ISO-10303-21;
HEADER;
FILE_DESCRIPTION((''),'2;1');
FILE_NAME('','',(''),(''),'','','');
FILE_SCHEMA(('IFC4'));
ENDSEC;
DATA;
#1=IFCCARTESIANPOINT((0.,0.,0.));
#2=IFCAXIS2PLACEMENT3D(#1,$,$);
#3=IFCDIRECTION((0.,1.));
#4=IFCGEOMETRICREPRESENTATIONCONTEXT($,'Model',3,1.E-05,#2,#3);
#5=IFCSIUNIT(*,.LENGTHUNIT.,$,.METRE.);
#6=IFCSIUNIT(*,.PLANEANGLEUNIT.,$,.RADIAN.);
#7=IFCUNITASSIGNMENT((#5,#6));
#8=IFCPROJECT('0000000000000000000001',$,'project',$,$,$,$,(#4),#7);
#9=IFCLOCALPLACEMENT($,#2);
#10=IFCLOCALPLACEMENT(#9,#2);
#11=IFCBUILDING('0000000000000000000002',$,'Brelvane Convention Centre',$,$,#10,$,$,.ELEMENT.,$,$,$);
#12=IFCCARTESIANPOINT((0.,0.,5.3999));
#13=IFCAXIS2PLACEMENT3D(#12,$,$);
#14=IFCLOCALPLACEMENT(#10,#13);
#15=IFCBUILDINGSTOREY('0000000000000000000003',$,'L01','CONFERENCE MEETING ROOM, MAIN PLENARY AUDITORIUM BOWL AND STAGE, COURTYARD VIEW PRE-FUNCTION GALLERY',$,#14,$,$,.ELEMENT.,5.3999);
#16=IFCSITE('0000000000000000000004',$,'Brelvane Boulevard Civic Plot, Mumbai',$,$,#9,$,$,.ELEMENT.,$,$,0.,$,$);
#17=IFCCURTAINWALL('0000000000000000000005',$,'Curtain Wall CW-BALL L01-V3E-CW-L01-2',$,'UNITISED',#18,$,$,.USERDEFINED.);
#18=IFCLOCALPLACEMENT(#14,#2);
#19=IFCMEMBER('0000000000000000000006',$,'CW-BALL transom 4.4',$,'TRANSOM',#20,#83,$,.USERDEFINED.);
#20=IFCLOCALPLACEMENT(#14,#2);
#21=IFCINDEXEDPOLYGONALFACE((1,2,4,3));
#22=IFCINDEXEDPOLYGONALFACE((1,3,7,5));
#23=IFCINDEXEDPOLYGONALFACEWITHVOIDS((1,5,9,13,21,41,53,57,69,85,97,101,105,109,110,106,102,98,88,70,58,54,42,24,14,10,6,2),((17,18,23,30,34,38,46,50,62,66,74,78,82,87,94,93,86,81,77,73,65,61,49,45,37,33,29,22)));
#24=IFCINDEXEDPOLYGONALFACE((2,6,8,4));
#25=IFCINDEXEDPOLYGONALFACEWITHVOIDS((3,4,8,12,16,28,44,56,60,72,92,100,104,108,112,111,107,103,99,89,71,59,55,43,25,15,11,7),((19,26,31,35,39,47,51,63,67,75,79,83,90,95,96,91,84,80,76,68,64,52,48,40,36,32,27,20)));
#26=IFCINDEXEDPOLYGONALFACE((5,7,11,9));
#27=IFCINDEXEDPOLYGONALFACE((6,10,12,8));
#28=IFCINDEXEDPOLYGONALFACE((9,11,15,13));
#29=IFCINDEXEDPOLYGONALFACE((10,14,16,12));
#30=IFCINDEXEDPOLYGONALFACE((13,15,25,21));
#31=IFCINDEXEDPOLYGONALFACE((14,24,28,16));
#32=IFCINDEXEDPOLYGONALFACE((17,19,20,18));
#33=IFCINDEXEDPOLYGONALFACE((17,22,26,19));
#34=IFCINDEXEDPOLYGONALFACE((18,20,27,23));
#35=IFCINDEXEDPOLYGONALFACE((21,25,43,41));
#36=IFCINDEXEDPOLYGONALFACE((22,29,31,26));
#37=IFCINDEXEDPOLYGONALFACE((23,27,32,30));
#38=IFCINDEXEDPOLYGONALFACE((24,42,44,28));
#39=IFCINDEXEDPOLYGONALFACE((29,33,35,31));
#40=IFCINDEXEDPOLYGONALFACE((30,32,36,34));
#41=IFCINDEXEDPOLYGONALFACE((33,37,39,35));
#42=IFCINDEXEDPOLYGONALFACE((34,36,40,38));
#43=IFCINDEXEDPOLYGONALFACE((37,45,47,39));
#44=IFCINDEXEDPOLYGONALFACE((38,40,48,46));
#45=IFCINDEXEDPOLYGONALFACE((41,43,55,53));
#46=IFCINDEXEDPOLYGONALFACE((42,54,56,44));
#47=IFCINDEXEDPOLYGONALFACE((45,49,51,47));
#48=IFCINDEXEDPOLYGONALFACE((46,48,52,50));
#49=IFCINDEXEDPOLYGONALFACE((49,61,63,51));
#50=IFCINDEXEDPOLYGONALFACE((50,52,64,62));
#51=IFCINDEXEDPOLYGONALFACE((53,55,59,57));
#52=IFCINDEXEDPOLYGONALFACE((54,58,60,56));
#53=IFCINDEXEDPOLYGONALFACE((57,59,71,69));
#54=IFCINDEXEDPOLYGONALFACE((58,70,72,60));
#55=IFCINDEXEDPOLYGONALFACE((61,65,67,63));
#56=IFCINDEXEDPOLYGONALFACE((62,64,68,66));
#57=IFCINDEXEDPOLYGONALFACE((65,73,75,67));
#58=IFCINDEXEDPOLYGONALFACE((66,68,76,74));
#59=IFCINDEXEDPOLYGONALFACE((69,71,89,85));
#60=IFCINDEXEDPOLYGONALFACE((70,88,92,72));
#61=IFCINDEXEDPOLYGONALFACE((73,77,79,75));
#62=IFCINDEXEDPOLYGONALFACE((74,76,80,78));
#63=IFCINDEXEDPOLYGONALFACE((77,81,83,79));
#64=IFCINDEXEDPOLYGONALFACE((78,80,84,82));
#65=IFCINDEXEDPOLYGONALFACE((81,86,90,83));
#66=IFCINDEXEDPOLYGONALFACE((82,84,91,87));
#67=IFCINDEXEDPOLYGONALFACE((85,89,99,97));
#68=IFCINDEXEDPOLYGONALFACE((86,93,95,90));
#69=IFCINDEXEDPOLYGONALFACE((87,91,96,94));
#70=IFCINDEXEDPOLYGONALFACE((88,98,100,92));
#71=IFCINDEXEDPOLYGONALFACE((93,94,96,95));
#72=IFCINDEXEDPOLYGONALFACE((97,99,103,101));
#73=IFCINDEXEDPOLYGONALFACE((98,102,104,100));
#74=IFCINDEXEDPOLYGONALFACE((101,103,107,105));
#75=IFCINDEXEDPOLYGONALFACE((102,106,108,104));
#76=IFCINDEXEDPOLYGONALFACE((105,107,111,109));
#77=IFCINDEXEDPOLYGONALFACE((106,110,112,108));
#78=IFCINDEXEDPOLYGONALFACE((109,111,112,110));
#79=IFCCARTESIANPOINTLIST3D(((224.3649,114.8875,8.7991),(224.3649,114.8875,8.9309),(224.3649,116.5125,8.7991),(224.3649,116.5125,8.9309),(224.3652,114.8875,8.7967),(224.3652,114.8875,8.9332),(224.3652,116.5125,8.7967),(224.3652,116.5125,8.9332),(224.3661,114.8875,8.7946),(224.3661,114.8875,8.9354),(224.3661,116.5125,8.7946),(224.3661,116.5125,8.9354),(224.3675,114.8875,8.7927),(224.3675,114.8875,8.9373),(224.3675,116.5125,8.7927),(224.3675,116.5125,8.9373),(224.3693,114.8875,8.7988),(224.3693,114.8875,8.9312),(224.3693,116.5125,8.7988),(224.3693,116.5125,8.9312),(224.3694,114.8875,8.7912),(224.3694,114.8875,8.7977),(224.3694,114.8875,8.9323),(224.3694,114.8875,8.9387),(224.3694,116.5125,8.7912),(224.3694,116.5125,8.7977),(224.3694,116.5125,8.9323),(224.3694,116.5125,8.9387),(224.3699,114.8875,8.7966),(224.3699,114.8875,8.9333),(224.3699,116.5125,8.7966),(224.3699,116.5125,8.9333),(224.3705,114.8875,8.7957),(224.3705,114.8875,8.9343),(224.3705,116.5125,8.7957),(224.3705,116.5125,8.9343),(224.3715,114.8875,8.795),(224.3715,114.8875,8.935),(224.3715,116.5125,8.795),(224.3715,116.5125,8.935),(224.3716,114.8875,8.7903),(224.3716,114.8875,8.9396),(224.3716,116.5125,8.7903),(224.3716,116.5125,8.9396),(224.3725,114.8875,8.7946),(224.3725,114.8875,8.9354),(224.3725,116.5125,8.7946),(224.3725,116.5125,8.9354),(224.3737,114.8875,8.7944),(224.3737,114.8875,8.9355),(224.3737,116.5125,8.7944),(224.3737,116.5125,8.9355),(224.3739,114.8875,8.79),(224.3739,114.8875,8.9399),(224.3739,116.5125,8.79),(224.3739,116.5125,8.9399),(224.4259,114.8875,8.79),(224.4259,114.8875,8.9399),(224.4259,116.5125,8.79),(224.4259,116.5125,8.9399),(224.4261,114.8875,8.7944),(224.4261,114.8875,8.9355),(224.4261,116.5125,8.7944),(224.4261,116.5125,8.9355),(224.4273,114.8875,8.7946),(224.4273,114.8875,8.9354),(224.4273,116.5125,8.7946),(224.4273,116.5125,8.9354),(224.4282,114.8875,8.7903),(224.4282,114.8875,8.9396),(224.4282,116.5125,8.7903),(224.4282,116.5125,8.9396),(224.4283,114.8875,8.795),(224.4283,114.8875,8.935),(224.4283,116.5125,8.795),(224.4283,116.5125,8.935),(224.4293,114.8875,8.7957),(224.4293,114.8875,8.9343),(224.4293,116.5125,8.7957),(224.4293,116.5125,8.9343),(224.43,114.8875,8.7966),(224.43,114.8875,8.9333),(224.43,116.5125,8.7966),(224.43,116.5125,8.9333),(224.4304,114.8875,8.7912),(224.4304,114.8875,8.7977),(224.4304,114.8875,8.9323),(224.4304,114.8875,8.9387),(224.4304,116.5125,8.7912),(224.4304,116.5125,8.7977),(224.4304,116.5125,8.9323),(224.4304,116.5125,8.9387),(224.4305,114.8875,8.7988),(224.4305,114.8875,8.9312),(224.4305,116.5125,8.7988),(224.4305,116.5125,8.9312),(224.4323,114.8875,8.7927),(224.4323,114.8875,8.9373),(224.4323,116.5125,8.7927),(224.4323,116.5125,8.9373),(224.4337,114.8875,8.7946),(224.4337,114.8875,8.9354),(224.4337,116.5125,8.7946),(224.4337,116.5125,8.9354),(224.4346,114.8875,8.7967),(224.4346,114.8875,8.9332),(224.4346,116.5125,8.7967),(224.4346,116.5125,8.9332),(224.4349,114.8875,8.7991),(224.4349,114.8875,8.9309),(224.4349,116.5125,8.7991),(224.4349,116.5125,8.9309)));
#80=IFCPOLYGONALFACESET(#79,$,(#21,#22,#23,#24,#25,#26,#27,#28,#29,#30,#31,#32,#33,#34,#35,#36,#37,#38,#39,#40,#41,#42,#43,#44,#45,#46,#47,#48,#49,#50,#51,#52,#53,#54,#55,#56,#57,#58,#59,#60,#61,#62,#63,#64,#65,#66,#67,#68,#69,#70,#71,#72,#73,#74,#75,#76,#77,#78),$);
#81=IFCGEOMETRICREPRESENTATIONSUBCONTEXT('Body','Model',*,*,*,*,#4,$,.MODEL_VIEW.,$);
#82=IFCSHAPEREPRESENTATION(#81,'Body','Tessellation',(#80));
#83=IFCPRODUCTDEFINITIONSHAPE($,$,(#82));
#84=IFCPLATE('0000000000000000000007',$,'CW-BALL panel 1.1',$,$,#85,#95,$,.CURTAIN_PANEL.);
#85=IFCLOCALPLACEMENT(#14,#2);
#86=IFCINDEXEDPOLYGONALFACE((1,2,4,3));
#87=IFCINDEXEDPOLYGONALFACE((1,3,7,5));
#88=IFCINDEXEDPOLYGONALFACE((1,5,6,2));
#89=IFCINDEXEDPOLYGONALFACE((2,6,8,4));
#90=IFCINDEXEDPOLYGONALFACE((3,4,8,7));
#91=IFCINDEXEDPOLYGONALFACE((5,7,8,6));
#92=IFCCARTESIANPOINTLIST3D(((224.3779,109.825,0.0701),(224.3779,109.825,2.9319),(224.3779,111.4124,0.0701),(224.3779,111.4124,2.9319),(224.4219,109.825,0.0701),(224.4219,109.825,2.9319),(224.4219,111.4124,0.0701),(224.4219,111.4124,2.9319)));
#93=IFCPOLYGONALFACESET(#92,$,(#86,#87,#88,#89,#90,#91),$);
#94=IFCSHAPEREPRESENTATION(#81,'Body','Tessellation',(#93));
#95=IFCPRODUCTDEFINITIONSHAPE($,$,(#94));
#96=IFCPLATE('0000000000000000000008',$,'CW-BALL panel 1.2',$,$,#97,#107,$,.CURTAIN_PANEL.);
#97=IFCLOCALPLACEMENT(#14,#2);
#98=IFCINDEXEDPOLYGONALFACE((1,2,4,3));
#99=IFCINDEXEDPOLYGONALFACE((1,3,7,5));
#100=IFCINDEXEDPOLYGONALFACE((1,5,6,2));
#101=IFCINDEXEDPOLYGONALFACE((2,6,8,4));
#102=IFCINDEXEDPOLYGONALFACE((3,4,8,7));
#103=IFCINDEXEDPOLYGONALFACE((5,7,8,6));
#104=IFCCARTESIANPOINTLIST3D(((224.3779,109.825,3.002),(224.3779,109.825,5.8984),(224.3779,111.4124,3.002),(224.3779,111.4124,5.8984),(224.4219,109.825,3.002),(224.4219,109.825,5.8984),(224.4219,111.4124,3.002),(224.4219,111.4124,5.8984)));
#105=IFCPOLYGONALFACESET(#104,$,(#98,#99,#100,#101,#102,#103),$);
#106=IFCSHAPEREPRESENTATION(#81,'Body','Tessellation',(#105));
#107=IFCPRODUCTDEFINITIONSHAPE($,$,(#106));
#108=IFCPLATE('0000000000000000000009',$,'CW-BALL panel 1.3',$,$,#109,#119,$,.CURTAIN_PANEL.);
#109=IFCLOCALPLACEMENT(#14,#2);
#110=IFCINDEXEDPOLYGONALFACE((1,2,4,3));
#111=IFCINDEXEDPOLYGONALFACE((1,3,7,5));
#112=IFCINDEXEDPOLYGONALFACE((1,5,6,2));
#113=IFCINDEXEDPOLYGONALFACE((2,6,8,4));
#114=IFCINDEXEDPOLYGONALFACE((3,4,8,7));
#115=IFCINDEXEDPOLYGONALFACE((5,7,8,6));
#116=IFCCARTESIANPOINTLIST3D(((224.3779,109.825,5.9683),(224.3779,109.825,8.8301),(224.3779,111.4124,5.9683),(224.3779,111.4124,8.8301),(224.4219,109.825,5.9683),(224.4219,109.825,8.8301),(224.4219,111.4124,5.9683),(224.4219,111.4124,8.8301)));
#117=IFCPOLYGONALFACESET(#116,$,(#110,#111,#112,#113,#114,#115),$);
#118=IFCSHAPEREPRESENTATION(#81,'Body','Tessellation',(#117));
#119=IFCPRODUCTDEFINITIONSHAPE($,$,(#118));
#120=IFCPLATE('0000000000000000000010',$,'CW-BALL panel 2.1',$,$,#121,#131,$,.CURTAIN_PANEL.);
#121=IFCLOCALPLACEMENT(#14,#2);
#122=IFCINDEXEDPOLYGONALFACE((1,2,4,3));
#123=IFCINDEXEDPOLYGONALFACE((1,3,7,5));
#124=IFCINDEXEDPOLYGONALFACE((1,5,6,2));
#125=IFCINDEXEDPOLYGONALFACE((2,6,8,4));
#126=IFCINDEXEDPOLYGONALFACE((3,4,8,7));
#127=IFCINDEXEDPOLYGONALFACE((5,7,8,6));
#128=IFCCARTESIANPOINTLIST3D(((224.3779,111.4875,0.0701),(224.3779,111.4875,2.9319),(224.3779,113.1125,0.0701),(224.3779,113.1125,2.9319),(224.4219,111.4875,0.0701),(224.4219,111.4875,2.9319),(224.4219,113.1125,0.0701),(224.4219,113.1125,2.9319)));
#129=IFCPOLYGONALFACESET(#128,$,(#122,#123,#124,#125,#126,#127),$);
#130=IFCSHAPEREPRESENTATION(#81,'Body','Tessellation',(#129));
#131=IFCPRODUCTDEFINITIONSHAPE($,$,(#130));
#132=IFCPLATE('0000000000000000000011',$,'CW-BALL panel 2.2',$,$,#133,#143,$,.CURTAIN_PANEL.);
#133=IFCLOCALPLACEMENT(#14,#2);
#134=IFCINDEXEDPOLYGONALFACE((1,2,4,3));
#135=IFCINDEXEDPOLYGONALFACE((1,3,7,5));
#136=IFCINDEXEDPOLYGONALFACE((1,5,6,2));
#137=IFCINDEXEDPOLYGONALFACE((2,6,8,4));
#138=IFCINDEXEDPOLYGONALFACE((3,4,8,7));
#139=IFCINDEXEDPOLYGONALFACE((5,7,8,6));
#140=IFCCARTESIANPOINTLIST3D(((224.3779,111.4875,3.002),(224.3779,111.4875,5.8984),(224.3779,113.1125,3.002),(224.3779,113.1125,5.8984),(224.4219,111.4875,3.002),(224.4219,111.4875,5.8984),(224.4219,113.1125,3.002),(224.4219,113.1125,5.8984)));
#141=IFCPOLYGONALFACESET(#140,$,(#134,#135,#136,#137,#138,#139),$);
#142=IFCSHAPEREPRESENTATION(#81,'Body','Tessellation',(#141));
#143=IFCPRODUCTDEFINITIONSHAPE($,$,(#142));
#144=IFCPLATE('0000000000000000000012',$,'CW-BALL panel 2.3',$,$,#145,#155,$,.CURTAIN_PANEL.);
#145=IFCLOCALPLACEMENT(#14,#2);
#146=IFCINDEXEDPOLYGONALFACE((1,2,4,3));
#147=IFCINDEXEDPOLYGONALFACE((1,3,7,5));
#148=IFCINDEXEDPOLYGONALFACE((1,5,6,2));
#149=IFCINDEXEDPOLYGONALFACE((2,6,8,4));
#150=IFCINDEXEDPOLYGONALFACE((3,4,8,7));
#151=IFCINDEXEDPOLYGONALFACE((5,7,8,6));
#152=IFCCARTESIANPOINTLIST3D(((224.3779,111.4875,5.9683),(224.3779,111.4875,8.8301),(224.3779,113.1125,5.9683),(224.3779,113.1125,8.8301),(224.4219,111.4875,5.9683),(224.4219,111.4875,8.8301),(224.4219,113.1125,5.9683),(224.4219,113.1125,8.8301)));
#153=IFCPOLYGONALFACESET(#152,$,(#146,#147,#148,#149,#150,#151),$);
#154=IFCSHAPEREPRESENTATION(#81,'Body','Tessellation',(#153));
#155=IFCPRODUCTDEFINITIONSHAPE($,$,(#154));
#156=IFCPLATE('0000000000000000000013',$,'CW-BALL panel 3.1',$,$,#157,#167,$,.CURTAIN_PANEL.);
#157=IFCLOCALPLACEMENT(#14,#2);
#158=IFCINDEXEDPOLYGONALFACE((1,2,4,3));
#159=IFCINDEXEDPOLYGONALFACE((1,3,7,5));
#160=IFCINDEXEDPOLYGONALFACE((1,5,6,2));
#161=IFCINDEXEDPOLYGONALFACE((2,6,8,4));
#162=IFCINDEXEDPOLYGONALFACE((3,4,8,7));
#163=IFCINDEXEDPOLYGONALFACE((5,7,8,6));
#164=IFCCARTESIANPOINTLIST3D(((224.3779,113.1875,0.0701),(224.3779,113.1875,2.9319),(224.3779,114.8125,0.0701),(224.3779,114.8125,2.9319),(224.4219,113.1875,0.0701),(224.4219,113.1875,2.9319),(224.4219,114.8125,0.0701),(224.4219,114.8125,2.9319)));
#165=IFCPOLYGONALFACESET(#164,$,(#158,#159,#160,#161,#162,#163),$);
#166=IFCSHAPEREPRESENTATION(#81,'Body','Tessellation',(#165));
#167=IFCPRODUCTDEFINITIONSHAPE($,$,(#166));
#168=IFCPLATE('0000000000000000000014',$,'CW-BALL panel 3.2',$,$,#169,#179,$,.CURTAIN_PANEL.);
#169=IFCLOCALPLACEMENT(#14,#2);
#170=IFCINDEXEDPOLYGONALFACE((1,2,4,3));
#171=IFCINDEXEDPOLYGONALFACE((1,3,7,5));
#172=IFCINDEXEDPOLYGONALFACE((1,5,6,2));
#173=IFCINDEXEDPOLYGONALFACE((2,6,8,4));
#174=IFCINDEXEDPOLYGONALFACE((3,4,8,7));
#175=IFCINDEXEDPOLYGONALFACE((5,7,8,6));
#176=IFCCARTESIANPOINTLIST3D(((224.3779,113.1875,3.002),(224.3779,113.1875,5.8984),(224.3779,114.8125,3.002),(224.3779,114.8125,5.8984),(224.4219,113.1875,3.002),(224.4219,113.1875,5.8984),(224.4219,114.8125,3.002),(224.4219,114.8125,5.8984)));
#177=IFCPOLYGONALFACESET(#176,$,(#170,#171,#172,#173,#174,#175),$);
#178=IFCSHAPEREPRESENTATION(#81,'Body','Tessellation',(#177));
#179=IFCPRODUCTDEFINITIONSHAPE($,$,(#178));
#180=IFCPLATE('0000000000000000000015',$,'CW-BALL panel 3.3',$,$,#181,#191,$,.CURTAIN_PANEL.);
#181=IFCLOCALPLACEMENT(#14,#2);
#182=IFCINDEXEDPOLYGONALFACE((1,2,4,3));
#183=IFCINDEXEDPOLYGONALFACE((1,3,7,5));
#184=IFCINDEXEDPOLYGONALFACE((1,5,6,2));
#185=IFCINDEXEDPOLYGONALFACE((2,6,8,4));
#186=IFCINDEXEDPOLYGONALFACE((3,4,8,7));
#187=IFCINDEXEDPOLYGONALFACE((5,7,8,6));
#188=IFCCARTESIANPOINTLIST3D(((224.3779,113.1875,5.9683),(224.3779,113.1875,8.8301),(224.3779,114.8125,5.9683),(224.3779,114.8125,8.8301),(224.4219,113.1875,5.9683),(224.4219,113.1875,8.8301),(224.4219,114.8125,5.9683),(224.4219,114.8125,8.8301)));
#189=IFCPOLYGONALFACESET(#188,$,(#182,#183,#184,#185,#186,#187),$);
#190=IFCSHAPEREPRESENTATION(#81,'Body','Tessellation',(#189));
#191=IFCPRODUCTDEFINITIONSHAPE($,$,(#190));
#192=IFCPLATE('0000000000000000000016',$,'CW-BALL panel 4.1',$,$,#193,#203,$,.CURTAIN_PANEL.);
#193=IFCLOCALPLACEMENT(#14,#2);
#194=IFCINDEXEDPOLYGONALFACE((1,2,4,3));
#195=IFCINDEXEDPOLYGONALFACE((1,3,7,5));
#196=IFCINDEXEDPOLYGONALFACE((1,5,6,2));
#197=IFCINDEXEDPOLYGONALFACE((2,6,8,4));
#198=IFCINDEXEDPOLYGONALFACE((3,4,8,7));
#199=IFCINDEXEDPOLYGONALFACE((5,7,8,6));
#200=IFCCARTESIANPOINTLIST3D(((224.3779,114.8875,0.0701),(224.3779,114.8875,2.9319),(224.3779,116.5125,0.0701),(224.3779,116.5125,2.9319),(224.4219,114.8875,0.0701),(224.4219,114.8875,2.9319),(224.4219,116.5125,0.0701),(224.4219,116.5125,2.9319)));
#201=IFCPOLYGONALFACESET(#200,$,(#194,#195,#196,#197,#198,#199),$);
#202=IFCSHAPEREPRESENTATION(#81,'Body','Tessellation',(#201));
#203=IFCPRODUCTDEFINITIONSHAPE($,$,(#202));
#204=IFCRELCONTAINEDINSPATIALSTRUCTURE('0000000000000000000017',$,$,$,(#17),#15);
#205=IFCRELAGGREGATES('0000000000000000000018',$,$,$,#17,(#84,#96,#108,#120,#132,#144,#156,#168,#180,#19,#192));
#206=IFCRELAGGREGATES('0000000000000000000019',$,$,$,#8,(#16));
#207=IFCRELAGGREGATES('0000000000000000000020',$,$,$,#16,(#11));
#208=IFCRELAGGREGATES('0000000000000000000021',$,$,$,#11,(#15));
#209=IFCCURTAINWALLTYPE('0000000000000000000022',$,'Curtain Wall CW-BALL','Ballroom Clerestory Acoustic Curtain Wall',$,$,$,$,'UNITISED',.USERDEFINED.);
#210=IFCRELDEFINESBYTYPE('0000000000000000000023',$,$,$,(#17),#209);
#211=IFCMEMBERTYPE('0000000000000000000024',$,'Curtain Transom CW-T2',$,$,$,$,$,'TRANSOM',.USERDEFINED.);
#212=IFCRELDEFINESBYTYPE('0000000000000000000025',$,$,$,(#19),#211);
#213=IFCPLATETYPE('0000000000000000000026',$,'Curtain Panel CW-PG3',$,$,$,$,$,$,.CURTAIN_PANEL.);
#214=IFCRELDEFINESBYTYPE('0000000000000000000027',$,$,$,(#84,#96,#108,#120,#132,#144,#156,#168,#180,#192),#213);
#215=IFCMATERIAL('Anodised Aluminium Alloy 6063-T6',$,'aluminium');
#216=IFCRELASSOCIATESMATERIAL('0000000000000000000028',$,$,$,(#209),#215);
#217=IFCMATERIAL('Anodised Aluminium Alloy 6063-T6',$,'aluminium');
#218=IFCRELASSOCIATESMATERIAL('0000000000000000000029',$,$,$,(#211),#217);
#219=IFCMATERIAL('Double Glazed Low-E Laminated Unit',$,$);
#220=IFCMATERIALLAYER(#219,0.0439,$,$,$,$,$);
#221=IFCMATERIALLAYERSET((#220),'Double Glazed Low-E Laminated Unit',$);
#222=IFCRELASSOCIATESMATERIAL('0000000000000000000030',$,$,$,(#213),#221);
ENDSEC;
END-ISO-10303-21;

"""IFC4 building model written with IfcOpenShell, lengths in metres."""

from ifc_helpers import new_model, si_unit, direction, frame, origin, origin_2d, place, context, subcontext, project, spatial, rectangle, hollow_rectangle, extrude, material, layer, layer_set, material_profile, profile_set, type_object, element, aggregate, save


model = new_model("IFC4")

# Units and contexts
model_context = context("Model", 3, precision=1e-05, world=origin(), true_north=direction((0.0, 1.0)))
body_context = subcontext(model_context, "Body", "Model", "MODEL_VIEW")
ifc_project = project(units=[si_unit("LENGTHUNIT", "METRE"), si_unit("PLANEANGLEUNIT", "RADIAN")], contexts=[model_context])

# Site, building, storey
site_placement = place(None, origin())
site = spatial("IfcSite", under=ifc_project, at=site_placement, Name="Brelvane Boulevard Civic Plot, Mumbai", CompositionType="ELEMENT", RefElevation=0.0)
building_placement = place(site_placement, origin())
building = spatial("IfcBuilding", under=site, at=building_placement, Name="Brelvane Convention Centre", CompositionType="ELEMENT")
storey_placement = place(building_placement, frame((0.0, 0.0, 5.3999)))
storey = spatial("IfcBuildingStorey", under=building, at=storey_placement, Name="L01", Description="CONFERENCE MEETING ROOM, MAIN PLENARY AUDITORIUM BOWL AND STAGE, COURTYARD VIEW PRE-FUNCTION GALLERY", CompositionType="ELEMENT", Elevation=5.3999)

# Curtain wall, member, plates
ifc_material_1 = material(Name="Anodised Aluminium Alloy 6063-T6", Category="aluminium")
curtain_wall_type = type_object("IfcCurtainWallType", Name="Curtain Wall CW-BALL", Description="Ballroom Clerestory Acoustic Curtain Wall", ElementType="UNITISED", PredefinedType="USERDEFINED", material=ifc_material_1)
curtain_wall_placement = place(storey_placement, origin())
curtain_wall = element("IfcCurtainWall", 1, at=curtain_wall_placement, inside=storey, type_object=curtain_wall_type, Name="Curtain Wall CW-BALL L01-V3E-CW-L01-2", ObjectType="UNITISED", PredefinedType="USERDEFINED")
ifc_material_2 = material(Name="Anodised Aluminium Alloy 6063-T6", Category="aluminium")
ifc_material_profile_1 = material_profile(ifc_material_2, hollow_rectangle(XDim=0.0701, YDim=0.1499, WallThickness=0.0044, InnerFilletRadius=0.0044, OuterFilletRadius=0.009, at=origin_2d()), Name="ALU-T 150x70x4.5")
ifc_profile_set_1 = profile_set([ifc_material_profile_1], Name="Anodised Aluminium Alloy 6063-T6")
member_type_1 = type_object("IfcMemberType", Name="Curtain Transom CW-T2", ElementType="TRANSOM", PredefinedType="USERDEFINED", material=ifc_profile_set_1)
member_1_placement = place(storey_placement, frame((224.3999, 114.8875, 8.865), z_axis=(0.0, 1.0, 0.0), x_axis=(-1.0, 0.0, 0.0)))
member_1 = element("IfcMember", 2, at=member_1_placement, type_object=member_type_1, Name="CW-BALL transom 4.4", ObjectType="TRANSOM", PredefinedType="USERDEFINED", context=body_context, shape_type="SweptSolid", body=[
    extrude(hollow_rectangle(XDim=0.0701, YDim=0.1499, WallThickness=0.0044, InnerFilletRadius=0.0044, OuterFilletRadius=0.009, at=origin_2d()), origin(), (0.0, 0.0, 1.0), 1.625),
])
ifc_material_3 = material(Name="Double Glazed Low-E Laminated Unit")
ifc_layer = layer(ifc_material_3, 0.0439)
ifc_layer_set = layer_set([ifc_layer], Name="Double Glazed Low-E Laminated Unit")
plate_type = type_object("IfcPlateType", Name="Curtain Panel CW-PG3", PredefinedType="CURTAIN_PANEL", material=ifc_layer_set)
plate_1_placement = place(storey_placement, frame((224.3999, 110.6187, 0.0701), z_axis=(0.0, 0.0, 1.0), x_axis=(0.0, 1.0, 0.0)))
plate_1 = element("IfcPlate", 3, at=plate_1_placement, type_object=plate_type, Name="CW-BALL panel 1.1", PredefinedType="CURTAIN_PANEL", context=body_context, shape_type="SweptSolid", body=[
    extrude(rectangle(XDim=1.5874, YDim=0.0439, at=origin_2d()), origin(), (0.0, 0.0, 1.0), 2.8618),
])
plate_2_placement = place(storey_placement, frame((224.3999, 110.6187, 3.002), z_axis=(0.0, 0.0, 1.0), x_axis=(0.0, 1.0, 0.0)))
plate_2 = element("IfcPlate", 4, at=plate_2_placement, type_object=plate_type, Name="CW-BALL panel 1.2", PredefinedType="CURTAIN_PANEL", context=body_context, shape_type="SweptSolid", body=[
    extrude(rectangle(XDim=1.5874, YDim=0.0439, at=origin_2d()), origin(), (0.0, 0.0, 1.0), 2.8965),
])
plate_3_placement = place(storey_placement, frame((224.3999, 110.6187, 5.9683), z_axis=(0.0, 0.0, 1.0), x_axis=(0.0, 1.0, 0.0)))
plate_3 = element("IfcPlate", 5, at=plate_3_placement, type_object=plate_type, Name="CW-BALL panel 1.3", PredefinedType="CURTAIN_PANEL", context=body_context, shape_type="SweptSolid", body=[
    extrude(rectangle(XDim=1.5874, YDim=0.0439, at=origin_2d()), origin(), (0.0, 0.0, 1.0), 2.8618),
])
plate_4_placement = place(storey_placement, frame((224.3999, 112.3, 0.0701), z_axis=(0.0, 0.0, 1.0), x_axis=(0.0, 1.0, 0.0)))
plate_4 = element("IfcPlate", 6, at=plate_4_placement, type_object=plate_type, Name="CW-BALL panel 2.1", PredefinedType="CURTAIN_PANEL", context=body_context, shape_type="SweptSolid", body=[
    extrude(rectangle(XDim=1.625, YDim=0.0439, at=origin_2d()), origin(), (0.0, 0.0, 1.0), 2.8618),
])
plate_5_placement = place(storey_placement, frame((224.3999, 112.3, 3.002), z_axis=(0.0, 0.0, 1.0), x_axis=(0.0, 1.0, 0.0)))
plate_5 = element("IfcPlate", 7, at=plate_5_placement, type_object=plate_type, Name="CW-BALL panel 2.2", PredefinedType="CURTAIN_PANEL", context=body_context, shape_type="SweptSolid", body=[
    extrude(rectangle(XDim=1.625, YDim=0.0439, at=origin_2d()), origin(), (0.0, 0.0, 1.0), 2.8965),
])
plate_6_placement = place(storey_placement, frame((224.3999, 112.3, 5.9683), z_axis=(0.0, 0.0, 1.0), x_axis=(0.0, 1.0, 0.0)))
plate_6 = element("IfcPlate", 8, at=plate_6_placement, type_object=plate_type, Name="CW-BALL panel 2.3", PredefinedType="CURTAIN_PANEL", context=body_context, shape_type="SweptSolid", body=[
    extrude(rectangle(XDim=1.625, YDim=0.0439, at=origin_2d()), origin(), (0.0, 0.0, 1.0), 2.8618),
])
plate_7_placement = place(storey_placement, frame((224.3999, 114.0, 0.0701), z_axis=(0.0, 0.0, 1.0), x_axis=(0.0, 1.0, 0.0)))
plate_7 = element("IfcPlate", 9, at=plate_7_placement, type_object=plate_type, Name="CW-BALL panel 3.1", PredefinedType="CURTAIN_PANEL", context=body_context, shape_type="SweptSolid", body=[
    extrude(rectangle(XDim=1.625, YDim=0.0439, at=origin_2d()), origin(), (0.0, 0.0, 1.0), 2.8618),
])
plate_8_placement = place(storey_placement, frame((224.3999, 114.0, 3.002), z_axis=(0.0, 0.0, 1.0), x_axis=(0.0, 1.0, 0.0)))
plate_8 = element("IfcPlate", 10, at=plate_8_placement, type_object=plate_type, Name="CW-BALL panel 3.2", PredefinedType="CURTAIN_PANEL", context=body_context, shape_type="SweptSolid", body=[
    extrude(rectangle(XDim=1.625, YDim=0.0439, at=origin_2d()), origin(), (0.0, 0.0, 1.0), 2.8965),
])
plate_9_placement = place(storey_placement, frame((224.3999, 114.0, 5.9683), z_axis=(0.0, 0.0, 1.0), x_axis=(0.0, 1.0, 0.0)))
plate_9 = element("IfcPlate", 11, at=plate_9_placement, type_object=plate_type, Name="CW-BALL panel 3.3", PredefinedType="CURTAIN_PANEL", context=body_context, shape_type="SweptSolid", body=[
    extrude(rectangle(XDim=1.625, YDim=0.0439, at=origin_2d()), origin(), (0.0, 0.0, 1.0), 2.8618),
])
plate_10_placement = place(storey_placement, frame((224.3999, 115.7, 0.0701), z_axis=(0.0, 0.0, 1.0), x_axis=(0.0, 1.0, 0.0)))
plate_10 = element("IfcPlate", 12, at=plate_10_placement, type_object=plate_type, Name="CW-BALL panel 4.1", PredefinedType="CURTAIN_PANEL", context=body_context, shape_type="SweptSolid", body=[
    extrude(rectangle(XDim=1.625, YDim=0.0439, at=origin_2d()), origin(), (0.0, 0.0, 1.0), 2.8618),
])
aggregate(curtain_wall, [plate_1, plate_2, plate_3, plate_4, plate_5, plate_6, plate_7, plate_8, plate_9, member_1, plate_10])

save(model, "model.ifc")
